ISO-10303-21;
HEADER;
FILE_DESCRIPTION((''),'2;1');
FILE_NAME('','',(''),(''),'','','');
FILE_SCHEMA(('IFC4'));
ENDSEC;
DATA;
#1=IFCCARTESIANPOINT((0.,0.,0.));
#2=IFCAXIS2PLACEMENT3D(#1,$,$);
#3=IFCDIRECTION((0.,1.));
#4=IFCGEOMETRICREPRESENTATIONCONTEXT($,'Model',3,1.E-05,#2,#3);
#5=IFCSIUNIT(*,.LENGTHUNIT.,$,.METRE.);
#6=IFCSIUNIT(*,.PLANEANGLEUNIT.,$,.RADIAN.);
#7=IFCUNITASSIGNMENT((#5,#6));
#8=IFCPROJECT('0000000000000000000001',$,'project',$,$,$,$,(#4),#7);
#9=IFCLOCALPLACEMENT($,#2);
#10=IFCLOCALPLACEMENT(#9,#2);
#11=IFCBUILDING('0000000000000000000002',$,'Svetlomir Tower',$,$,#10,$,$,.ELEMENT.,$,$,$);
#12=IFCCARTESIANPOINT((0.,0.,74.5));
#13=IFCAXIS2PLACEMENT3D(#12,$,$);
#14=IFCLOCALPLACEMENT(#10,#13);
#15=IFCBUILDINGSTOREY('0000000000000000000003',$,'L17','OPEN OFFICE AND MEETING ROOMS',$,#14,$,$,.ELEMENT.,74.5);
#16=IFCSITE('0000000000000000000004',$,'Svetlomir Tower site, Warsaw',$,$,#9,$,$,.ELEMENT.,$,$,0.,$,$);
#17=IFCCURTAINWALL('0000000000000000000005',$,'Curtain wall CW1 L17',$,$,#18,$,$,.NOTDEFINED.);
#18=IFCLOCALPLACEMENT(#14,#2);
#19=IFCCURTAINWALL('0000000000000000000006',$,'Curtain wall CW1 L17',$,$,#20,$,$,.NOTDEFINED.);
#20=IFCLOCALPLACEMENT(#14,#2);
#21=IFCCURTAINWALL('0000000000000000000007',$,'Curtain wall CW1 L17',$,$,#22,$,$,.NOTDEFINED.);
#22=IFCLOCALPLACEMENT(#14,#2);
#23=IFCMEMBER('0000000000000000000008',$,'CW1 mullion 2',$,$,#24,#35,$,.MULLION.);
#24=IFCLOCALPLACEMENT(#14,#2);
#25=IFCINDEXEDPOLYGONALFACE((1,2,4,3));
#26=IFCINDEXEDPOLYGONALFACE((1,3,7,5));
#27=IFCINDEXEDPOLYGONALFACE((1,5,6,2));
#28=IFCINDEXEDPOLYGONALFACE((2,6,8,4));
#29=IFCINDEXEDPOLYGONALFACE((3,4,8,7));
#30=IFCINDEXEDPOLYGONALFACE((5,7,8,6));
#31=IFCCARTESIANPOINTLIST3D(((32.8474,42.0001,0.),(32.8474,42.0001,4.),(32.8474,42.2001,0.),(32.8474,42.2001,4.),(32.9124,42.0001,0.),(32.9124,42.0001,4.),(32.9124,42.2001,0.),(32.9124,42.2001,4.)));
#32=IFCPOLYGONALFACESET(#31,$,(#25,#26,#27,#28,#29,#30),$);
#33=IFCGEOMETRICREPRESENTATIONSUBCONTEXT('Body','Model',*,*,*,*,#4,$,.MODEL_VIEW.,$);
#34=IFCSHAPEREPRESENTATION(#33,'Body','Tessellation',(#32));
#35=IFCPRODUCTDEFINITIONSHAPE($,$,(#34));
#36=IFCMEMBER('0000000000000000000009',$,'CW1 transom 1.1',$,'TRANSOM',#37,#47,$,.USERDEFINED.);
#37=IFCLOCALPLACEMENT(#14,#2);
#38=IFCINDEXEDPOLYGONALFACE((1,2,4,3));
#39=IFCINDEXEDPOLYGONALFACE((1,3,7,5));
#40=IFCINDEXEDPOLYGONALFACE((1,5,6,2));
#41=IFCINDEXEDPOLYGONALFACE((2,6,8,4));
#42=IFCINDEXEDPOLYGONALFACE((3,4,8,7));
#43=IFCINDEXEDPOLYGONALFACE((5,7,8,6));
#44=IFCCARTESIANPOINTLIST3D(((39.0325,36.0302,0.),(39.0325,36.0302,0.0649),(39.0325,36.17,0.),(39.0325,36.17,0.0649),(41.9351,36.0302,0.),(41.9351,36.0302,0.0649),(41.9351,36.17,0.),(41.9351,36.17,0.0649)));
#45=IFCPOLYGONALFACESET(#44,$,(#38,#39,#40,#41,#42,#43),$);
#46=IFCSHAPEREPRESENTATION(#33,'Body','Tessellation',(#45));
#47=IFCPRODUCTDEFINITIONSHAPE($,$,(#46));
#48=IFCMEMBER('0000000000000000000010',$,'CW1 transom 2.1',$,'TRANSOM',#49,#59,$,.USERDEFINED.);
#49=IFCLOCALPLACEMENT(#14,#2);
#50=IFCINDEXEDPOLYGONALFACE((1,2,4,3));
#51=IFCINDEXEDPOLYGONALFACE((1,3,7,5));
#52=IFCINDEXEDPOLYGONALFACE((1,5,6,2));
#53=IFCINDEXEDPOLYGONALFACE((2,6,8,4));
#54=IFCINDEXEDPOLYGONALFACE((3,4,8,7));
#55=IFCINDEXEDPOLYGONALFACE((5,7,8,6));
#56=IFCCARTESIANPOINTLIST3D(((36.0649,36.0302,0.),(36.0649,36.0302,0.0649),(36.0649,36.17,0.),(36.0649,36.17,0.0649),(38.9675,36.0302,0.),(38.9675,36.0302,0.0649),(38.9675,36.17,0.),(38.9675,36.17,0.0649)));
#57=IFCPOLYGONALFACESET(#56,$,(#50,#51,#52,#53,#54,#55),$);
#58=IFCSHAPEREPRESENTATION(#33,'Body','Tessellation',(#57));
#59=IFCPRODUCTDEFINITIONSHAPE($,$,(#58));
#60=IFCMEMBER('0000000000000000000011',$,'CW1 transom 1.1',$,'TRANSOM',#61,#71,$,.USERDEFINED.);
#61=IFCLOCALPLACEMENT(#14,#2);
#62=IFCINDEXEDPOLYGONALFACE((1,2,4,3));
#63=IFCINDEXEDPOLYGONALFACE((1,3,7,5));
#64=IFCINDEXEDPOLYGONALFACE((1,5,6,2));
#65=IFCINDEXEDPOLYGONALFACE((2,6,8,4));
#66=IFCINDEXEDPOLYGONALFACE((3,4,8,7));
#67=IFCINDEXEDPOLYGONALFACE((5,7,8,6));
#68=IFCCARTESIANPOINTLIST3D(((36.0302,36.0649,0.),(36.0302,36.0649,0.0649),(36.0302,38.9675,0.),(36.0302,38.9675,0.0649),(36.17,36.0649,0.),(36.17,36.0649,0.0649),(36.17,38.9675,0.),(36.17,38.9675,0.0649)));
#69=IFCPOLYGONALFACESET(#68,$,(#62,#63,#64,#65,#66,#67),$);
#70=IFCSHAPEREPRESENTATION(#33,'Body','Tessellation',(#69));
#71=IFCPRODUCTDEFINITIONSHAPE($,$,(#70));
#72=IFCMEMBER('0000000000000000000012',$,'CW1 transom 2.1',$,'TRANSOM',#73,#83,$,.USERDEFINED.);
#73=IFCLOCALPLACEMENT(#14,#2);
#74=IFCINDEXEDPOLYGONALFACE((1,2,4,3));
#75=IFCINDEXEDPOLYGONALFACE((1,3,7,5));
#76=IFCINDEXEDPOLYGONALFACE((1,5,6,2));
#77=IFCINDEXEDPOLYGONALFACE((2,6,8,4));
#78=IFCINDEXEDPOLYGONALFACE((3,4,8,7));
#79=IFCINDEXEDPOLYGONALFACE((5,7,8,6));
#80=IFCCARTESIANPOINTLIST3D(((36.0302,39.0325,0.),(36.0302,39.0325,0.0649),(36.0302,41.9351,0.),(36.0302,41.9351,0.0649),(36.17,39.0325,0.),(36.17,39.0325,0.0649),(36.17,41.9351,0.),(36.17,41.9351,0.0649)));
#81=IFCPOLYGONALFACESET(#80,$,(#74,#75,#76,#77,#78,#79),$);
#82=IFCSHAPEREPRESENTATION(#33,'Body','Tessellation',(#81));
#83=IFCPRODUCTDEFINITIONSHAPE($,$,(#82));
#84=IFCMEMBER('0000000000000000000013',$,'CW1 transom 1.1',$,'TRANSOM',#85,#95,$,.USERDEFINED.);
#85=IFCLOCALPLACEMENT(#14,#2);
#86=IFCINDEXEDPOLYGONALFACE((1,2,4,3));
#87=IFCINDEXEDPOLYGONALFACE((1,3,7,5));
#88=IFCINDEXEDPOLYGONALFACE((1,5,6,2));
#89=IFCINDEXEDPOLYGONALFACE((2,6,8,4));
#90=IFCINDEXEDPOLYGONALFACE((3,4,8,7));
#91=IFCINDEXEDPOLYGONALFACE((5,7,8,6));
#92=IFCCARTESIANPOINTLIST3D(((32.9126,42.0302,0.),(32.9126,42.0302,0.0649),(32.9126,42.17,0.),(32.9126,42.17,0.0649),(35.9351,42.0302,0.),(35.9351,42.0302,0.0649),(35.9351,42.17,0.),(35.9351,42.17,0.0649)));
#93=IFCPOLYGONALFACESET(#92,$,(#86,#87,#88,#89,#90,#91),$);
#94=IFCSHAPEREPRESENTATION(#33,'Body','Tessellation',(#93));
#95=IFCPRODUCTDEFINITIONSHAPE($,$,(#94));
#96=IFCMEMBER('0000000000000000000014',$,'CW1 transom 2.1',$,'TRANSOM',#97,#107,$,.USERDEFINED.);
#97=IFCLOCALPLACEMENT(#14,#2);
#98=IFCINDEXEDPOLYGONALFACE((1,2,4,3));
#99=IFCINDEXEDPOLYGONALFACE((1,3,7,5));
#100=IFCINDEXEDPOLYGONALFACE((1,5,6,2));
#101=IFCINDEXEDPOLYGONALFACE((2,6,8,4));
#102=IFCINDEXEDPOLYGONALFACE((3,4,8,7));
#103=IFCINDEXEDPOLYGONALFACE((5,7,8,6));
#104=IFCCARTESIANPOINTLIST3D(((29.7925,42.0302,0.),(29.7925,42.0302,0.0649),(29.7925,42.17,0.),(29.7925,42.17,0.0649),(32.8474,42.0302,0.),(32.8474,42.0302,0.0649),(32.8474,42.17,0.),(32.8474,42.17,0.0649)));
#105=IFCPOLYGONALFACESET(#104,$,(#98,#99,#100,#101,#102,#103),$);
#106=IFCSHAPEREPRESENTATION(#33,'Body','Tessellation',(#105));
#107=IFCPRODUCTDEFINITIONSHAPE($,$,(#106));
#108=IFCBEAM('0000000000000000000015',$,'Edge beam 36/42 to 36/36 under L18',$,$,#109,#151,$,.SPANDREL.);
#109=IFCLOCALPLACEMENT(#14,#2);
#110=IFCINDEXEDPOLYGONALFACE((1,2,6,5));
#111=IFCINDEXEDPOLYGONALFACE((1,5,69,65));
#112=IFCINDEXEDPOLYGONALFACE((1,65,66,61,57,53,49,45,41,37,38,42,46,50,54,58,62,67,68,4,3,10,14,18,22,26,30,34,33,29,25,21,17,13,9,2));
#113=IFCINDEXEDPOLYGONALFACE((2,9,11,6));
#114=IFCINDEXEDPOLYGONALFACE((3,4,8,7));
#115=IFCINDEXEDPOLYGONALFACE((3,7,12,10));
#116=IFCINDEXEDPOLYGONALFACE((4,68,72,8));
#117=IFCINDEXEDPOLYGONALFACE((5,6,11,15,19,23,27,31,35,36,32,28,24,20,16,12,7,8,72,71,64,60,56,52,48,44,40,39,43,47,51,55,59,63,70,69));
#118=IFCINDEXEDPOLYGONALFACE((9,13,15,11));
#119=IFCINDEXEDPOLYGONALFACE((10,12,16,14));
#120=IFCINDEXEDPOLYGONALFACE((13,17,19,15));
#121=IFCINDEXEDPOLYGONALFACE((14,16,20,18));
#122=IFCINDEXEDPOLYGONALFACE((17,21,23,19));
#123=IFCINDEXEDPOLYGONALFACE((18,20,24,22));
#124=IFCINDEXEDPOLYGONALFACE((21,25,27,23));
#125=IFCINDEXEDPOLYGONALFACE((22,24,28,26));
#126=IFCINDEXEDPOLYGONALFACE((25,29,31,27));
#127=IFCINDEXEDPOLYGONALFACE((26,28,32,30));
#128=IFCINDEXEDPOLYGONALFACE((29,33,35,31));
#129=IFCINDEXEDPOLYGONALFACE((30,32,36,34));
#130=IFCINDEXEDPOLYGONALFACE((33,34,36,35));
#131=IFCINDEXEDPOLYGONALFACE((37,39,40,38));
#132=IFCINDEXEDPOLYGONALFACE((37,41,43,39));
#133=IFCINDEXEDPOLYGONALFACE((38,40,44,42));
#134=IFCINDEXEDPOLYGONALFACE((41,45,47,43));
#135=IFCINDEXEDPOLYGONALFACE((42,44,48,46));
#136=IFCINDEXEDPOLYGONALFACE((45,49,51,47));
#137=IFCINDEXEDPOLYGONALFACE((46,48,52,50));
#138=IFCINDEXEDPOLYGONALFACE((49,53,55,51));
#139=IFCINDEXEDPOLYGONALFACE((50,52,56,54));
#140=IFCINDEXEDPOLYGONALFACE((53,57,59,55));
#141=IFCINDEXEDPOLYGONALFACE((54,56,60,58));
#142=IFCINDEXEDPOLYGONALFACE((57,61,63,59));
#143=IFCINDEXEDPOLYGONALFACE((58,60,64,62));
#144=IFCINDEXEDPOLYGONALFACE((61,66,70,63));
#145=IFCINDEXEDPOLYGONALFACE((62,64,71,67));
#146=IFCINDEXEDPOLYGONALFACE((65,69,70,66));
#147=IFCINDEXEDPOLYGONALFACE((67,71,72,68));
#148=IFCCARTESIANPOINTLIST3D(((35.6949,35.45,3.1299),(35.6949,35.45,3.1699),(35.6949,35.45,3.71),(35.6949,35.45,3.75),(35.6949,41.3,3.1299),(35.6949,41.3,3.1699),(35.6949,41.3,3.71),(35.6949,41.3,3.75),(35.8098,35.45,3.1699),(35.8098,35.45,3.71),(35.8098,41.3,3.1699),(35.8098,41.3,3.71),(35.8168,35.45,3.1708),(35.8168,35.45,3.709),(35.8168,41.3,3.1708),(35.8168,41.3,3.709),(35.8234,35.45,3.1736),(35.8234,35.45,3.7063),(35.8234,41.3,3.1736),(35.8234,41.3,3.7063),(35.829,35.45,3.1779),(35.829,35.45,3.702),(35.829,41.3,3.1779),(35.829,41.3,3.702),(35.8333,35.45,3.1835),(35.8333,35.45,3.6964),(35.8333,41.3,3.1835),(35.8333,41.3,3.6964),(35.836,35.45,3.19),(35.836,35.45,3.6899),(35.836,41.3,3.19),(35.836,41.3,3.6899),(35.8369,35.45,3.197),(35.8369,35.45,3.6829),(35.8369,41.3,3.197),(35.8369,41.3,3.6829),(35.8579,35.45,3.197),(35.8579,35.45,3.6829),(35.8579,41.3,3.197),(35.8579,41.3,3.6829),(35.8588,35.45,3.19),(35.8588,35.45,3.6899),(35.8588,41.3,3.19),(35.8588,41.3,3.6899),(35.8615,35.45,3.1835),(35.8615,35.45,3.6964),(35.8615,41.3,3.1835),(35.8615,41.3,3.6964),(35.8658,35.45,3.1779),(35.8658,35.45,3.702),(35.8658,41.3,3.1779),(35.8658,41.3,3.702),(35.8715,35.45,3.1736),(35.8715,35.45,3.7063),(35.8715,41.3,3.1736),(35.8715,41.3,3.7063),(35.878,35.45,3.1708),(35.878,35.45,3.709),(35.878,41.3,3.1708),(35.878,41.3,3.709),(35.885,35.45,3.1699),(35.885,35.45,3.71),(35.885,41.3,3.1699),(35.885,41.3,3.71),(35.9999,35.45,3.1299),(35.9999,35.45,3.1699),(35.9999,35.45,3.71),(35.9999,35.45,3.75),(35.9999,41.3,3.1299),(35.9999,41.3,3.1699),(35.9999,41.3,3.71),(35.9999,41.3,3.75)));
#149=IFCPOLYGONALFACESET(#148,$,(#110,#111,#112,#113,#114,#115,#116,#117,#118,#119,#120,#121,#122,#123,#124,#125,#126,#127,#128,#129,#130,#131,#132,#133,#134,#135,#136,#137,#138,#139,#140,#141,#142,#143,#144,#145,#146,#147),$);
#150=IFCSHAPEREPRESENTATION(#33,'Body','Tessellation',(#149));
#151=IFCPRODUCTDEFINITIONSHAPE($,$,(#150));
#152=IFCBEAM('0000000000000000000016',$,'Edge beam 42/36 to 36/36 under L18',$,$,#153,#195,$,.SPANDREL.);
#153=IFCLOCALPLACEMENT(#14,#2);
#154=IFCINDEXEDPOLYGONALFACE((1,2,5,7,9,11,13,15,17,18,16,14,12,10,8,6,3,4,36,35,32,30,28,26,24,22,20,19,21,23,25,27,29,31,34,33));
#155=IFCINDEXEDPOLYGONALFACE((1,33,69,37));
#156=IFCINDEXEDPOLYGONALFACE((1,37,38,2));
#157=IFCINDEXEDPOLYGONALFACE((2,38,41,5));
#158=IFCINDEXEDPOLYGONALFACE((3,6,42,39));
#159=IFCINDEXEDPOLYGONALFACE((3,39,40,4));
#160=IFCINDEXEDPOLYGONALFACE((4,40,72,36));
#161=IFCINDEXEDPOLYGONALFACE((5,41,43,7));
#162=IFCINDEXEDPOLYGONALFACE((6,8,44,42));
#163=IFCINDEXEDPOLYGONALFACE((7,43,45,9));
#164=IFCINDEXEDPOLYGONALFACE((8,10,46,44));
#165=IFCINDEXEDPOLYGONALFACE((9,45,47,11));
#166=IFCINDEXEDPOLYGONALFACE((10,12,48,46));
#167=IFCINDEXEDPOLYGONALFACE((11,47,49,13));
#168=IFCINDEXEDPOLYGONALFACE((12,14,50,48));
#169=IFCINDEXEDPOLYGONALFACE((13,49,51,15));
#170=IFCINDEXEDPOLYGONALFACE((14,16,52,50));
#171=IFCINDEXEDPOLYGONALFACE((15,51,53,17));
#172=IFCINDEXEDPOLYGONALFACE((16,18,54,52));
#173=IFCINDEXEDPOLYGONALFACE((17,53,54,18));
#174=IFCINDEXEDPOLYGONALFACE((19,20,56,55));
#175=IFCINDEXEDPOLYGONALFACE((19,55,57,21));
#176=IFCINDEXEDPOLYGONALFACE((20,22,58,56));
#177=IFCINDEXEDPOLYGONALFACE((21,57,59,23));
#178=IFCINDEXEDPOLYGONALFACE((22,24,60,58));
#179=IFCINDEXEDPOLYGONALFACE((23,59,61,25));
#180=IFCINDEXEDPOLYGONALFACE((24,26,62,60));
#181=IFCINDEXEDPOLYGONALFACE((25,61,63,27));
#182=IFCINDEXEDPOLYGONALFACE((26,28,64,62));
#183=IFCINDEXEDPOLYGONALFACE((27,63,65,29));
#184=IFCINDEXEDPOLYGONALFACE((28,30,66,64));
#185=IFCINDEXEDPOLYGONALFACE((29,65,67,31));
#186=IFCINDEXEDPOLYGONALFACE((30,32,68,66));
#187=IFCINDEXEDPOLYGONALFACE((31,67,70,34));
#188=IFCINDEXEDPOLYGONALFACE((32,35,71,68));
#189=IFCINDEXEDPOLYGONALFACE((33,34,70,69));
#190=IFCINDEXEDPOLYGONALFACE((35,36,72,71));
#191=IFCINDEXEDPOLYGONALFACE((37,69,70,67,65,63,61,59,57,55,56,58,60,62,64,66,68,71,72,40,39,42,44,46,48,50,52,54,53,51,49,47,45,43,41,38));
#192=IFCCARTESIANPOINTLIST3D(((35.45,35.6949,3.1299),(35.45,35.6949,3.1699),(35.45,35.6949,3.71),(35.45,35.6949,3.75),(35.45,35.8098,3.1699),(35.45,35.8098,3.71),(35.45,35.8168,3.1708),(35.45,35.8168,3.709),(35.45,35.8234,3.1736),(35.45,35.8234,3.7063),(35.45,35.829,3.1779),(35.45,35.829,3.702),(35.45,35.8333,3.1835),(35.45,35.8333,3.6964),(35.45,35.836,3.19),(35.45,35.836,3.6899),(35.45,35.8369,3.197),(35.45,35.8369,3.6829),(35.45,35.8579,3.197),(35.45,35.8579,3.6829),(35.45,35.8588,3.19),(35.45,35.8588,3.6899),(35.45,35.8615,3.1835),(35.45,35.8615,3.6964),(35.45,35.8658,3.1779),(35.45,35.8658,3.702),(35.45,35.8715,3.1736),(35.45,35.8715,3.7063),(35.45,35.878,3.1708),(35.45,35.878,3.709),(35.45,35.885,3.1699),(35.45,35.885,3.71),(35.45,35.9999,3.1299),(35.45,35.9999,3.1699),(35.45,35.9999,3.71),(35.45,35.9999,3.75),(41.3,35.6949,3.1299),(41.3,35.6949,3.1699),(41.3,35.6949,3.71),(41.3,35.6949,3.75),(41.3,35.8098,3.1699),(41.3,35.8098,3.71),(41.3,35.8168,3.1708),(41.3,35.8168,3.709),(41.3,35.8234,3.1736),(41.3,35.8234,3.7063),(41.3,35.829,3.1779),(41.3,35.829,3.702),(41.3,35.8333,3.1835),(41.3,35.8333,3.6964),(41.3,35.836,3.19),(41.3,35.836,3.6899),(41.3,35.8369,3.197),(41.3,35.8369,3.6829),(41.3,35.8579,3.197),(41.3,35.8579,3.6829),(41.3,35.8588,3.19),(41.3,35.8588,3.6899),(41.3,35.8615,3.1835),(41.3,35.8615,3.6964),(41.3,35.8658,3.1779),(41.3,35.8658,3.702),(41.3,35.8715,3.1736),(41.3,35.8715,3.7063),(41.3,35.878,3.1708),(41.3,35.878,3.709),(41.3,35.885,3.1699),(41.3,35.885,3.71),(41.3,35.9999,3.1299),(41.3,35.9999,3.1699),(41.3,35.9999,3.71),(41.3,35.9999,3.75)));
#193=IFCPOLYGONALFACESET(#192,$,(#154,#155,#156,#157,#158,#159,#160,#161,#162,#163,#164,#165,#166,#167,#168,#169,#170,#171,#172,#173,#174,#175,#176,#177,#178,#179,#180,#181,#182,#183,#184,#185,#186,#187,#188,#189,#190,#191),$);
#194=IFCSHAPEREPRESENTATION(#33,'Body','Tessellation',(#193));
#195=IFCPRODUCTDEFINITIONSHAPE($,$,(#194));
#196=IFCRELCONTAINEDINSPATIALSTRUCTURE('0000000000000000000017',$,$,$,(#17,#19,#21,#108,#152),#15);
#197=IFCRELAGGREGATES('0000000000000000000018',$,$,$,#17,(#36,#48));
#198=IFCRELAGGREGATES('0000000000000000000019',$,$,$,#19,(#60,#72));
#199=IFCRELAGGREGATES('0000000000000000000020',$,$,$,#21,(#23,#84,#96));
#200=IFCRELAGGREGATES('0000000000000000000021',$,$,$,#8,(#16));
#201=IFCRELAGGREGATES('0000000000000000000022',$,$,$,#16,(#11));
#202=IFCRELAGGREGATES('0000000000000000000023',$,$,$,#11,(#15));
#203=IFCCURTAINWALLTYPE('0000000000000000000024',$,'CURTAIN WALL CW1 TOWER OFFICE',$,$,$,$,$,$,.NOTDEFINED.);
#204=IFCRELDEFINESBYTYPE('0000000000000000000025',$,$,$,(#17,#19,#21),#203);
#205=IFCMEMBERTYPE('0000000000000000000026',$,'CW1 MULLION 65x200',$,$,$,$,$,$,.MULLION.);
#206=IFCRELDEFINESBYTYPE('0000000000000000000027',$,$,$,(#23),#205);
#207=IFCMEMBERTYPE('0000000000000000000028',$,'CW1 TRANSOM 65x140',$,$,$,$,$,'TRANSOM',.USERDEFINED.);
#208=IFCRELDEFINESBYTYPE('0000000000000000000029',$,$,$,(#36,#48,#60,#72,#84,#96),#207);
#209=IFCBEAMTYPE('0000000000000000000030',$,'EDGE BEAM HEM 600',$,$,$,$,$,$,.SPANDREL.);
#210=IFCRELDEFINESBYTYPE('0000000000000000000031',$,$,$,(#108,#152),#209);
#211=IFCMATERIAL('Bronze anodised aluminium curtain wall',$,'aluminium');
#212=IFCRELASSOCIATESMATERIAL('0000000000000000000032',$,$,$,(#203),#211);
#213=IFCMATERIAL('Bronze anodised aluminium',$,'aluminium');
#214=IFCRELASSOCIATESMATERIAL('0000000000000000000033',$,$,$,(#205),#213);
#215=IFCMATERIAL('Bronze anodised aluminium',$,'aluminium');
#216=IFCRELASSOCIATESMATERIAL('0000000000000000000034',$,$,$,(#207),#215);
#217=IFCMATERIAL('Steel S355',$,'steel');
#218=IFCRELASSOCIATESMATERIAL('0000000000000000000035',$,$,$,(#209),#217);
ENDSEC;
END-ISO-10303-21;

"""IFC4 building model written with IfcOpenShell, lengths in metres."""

from ifc_helpers import new_model, si_unit, direction, frame, origin, origin_2d, place, context, subcontext, project, spatial, rectangle, i_section, extrude, material, material_profile, profile_set, type_object, element, aggregate, save


model = new_model("IFC4")

# Units and contexts
model_context = context("Model", 3, precision=1e-05, world=origin(), true_north=direction((0.0, 1.0)))
body_context = subcontext(model_context, "Body", "Model", "MODEL_VIEW")
ifc_project = project(units=[si_unit("LENGTHUNIT", "METRE"), si_unit("PLANEANGLEUNIT", "RADIAN")], contexts=[model_context])

# Site, building, storey
site_placement = place(None, origin())
site = spatial("IfcSite", under=ifc_project, at=site_placement, Name="Svetlomir Tower site, Warsaw", CompositionType="ELEMENT", RefElevation=0.0)
building_placement = place(site_placement, origin())
building = spatial("IfcBuilding", under=site, at=building_placement, Name="Svetlomir Tower", CompositionType="ELEMENT")
storey_placement = place(building_placement, frame((0.0, 0.0, 74.5)))
storey = spatial("IfcBuildingStorey", under=building, at=storey_placement, Name="L17", Description="OPEN OFFICE AND MEETING ROOMS", CompositionType="ELEMENT", Elevation=74.5)

# Curtain walls
ifc_material_1 = material(Name="Bronze anodised aluminium curtain wall", Category="aluminium")
curtain_wall_type = type_object("IfcCurtainWallType", Name="CURTAIN WALL CW1 TOWER OFFICE", PredefinedType="NOTDEFINED", material=ifc_material_1)
curtain_wall_1_placement = place(storey_placement, origin())
curtain_wall_1 = element("IfcCurtainWall", 1, at=curtain_wall_1_placement, inside=storey, type_object=curtain_wall_type, Name="Curtain wall CW1 L17", PredefinedType="NOTDEFINED")
curtain_wall_2_placement = place(storey_placement, origin())
curtain_wall_2 = element("IfcCurtainWall", 2, at=curtain_wall_2_placement, inside=storey, type_object=curtain_wall_type, Name="Curtain wall CW1 L17", PredefinedType="NOTDEFINED")
curtain_wall_3_placement = place(storey_placement, origin())
curtain_wall_3 = element("IfcCurtainWall", 3, at=curtain_wall_3_placement, inside=storey, type_object=curtain_wall_type, Name="Curtain wall CW1 L17", PredefinedType="NOTDEFINED")
ifc_material_2 = material(Name="Bronze anodised aluminium", Category="aluminium")
ifc_material_profile_1 = material_profile(ifc_material_2, rectangle(XDim=0.0649, YDim=0.2, at=origin_2d()), Name="AL 65x200")
ifc_profile_set_1 = profile_set([ifc_material_profile_1], Name="Bronze anodised aluminium 6063-T6")
member_type_1 = type_object("IfcMemberType", Name="CW1 MULLION 65x200", PredefinedType="MULLION", material=ifc_profile_set_1)

# Members
member_1_placement = place(storey_placement, frame((32.8799, 42.1001, 0.0), z_axis=(0.0, 0.0, 1.0), x_axis=(-1.0, 0.0, 0.0)))
member_1 = element("IfcMember", 4, at=member_1_placement, type_object=member_type_1, Name="CW1 mullion 2", PredefinedType="MULLION", context=body_context, shape_type="SweptSolid", body=[
    extrude(rectangle(XDim=0.0649, YDim=0.2, at=origin_2d()), origin(), (0.0, 0.0, 1.0), 4.0),
])
ifc_material_3 = material(Name="Bronze anodised aluminium", Category="aluminium")
ifc_material_profile_2 = material_profile(ifc_material_3, rectangle(XDim=0.1399, YDim=0.0649, at=origin_2d()), Name="AL 140x65")
ifc_profile_set_2 = profile_set([ifc_material_profile_2], Name="Bronze anodised aluminium 6063-T6")
member_type_2 = type_object("IfcMemberType", Name="CW1 TRANSOM 65x140", ElementType="TRANSOM", PredefinedType="USERDEFINED", material=ifc_profile_set_2)
member_2_placement = place(storey_placement, frame((41.9351, 36.1001, 0.0325), z_axis=(-1.0, 0.0, 0.0), x_axis=(0.0, -1.0, 0.0)))
member_2 = element("IfcMember", 5, at=member_2_placement, type_object=member_type_2, Name="CW1 transom 1.1", ObjectType="TRANSOM", PredefinedType="USERDEFINED", context=body_context, shape_type="SweptSolid", body=[
    extrude(rectangle(XDim=0.1399, YDim=0.0649, at=origin_2d()), origin(), (0.0, 0.0, 1.0), 2.9026),
])
member_3_placement = place(storey_placement, frame((38.9675, 36.1001, 0.0325), z_axis=(-1.0, 0.0, 0.0), x_axis=(0.0, -1.0, 0.0)))
member_3 = element("IfcMember", 6, at=member_3_placement, type_object=member_type_2, Name="CW1 transom 2.1", ObjectType="TRANSOM", PredefinedType="USERDEFINED", context=body_context, shape_type="SweptSolid", body=[
    extrude(rectangle(XDim=0.1399, YDim=0.0649, at=origin_2d()), origin(), (0.0, 0.0, 1.0), 2.9026),
])
member_4_placement = place(storey_placement, frame((36.1001, 36.0649, 0.0325), z_axis=(0.0, 1.0, 0.0), x_axis=(-1.0, 0.0, 0.0)))
member_4 = element("IfcMember", 7, at=member_4_placement, type_object=member_type_2, Name="CW1 transom 1.1", ObjectType="TRANSOM", PredefinedType="USERDEFINED", context=body_context, shape_type="SweptSolid", body=[
    extrude(rectangle(XDim=0.1399, YDim=0.0649, at=origin_2d()), origin(), (0.0, 0.0, 1.0), 2.9026),
])
member_5_placement = place(storey_placement, frame((36.1001, 39.0325, 0.0325), z_axis=(0.0, 1.0, 0.0), x_axis=(-1.0, 0.0, 0.0)))
member_5 = element("IfcMember", 8, at=member_5_placement, type_object=member_type_2, Name="CW1 transom 2.1", ObjectType="TRANSOM", PredefinedType="USERDEFINED", context=body_context, shape_type="SweptSolid", body=[
    extrude(rectangle(XDim=0.1399, YDim=0.0649, at=origin_2d()), origin(), (0.0, 0.0, 1.0), 2.9026),
])
member_6_placement = place(storey_placement, frame((35.9351, 42.1001, 0.0325), z_axis=(-1.0, 0.0, 0.0), x_axis=(0.0, -1.0, 0.0)))
member_6 = element("IfcMember", 9, at=member_6_placement, type_object=member_type_2, Name="CW1 transom 1.1", ObjectType="TRANSOM", PredefinedType="USERDEFINED", context=body_context, shape_type="SweptSolid", body=[
    extrude(rectangle(XDim=0.1399, YDim=0.0649, at=origin_2d()), origin(), (0.0, 0.0, 1.0), 3.0225),
])
member_7_placement = place(storey_placement, frame((32.8474, 42.1001, 0.0325), z_axis=(-1.0, 0.0, 0.0), x_axis=(0.0, -1.0, 0.0)))
member_7 = element("IfcMember", 10, at=member_7_placement, type_object=member_type_2, Name="CW1 transom 2.1", ObjectType="TRANSOM", PredefinedType="USERDEFINED", context=body_context, shape_type="SweptSolid", body=[
    extrude(rectangle(XDim=0.1399, YDim=0.0649, at=origin_2d()), origin(), (0.0, 0.0, 1.0), 3.0549),
])

# Beams
ifc_material_4 = material(Name="Steel S355", Category="steel")
ifc_material_profile_3 = material_profile(ifc_material_4, i_section(OverallWidth=0.3049, OverallDepth=0.6201, WebThickness=0.021, FlangeThickness=0.04, FilletRadius=0.0271, at=origin_2d()), Name="HEM 600")
ifc_profile_set_3 = profile_set([ifc_material_profile_3], Name="Steel S355")
beam_type = type_object("IfcBeamType", Name="EDGE BEAM HEM 600", PredefinedType="SPANDREL", material=ifc_profile_set_3)
for number, where, z_axis, x_axis, name in (
    (11, (35.8474, 41.3, 3.4399), (0.0, -1.0, 0.0), (1.0, 0.0, 0.0), "Edge beam 36/42 to 36/36 under L18"),
    (12, (41.3, 35.8474, 3.4399), (-1.0, 0.0, 0.0), (0.0, -1.0, 0.0), "Edge beam 42/36 to 36/36 under L18"),
):
    element("IfcBeam", number, at=place(storey_placement, frame(where, z_axis=z_axis, x_axis=x_axis)), inside=storey, type_object=beam_type, Name=name, PredefinedType="SPANDREL", context=body_context, shape_type="SweptSolid", body=[
        extrude(i_section(OverallWidth=0.3049, OverallDepth=0.6201, WebThickness=0.021, FlangeThickness=0.04, FilletRadius=0.0271, at=origin_2d()), origin(), (0.0, 0.0, 1.0), 5.8501),
    ])

aggregate(curtain_wall_1, [member_2, member_3])
aggregate(curtain_wall_2, [member_4, member_5])
aggregate(curtain_wall_3, [member_1, member_6, member_7])

save(model, "model.ifc")
